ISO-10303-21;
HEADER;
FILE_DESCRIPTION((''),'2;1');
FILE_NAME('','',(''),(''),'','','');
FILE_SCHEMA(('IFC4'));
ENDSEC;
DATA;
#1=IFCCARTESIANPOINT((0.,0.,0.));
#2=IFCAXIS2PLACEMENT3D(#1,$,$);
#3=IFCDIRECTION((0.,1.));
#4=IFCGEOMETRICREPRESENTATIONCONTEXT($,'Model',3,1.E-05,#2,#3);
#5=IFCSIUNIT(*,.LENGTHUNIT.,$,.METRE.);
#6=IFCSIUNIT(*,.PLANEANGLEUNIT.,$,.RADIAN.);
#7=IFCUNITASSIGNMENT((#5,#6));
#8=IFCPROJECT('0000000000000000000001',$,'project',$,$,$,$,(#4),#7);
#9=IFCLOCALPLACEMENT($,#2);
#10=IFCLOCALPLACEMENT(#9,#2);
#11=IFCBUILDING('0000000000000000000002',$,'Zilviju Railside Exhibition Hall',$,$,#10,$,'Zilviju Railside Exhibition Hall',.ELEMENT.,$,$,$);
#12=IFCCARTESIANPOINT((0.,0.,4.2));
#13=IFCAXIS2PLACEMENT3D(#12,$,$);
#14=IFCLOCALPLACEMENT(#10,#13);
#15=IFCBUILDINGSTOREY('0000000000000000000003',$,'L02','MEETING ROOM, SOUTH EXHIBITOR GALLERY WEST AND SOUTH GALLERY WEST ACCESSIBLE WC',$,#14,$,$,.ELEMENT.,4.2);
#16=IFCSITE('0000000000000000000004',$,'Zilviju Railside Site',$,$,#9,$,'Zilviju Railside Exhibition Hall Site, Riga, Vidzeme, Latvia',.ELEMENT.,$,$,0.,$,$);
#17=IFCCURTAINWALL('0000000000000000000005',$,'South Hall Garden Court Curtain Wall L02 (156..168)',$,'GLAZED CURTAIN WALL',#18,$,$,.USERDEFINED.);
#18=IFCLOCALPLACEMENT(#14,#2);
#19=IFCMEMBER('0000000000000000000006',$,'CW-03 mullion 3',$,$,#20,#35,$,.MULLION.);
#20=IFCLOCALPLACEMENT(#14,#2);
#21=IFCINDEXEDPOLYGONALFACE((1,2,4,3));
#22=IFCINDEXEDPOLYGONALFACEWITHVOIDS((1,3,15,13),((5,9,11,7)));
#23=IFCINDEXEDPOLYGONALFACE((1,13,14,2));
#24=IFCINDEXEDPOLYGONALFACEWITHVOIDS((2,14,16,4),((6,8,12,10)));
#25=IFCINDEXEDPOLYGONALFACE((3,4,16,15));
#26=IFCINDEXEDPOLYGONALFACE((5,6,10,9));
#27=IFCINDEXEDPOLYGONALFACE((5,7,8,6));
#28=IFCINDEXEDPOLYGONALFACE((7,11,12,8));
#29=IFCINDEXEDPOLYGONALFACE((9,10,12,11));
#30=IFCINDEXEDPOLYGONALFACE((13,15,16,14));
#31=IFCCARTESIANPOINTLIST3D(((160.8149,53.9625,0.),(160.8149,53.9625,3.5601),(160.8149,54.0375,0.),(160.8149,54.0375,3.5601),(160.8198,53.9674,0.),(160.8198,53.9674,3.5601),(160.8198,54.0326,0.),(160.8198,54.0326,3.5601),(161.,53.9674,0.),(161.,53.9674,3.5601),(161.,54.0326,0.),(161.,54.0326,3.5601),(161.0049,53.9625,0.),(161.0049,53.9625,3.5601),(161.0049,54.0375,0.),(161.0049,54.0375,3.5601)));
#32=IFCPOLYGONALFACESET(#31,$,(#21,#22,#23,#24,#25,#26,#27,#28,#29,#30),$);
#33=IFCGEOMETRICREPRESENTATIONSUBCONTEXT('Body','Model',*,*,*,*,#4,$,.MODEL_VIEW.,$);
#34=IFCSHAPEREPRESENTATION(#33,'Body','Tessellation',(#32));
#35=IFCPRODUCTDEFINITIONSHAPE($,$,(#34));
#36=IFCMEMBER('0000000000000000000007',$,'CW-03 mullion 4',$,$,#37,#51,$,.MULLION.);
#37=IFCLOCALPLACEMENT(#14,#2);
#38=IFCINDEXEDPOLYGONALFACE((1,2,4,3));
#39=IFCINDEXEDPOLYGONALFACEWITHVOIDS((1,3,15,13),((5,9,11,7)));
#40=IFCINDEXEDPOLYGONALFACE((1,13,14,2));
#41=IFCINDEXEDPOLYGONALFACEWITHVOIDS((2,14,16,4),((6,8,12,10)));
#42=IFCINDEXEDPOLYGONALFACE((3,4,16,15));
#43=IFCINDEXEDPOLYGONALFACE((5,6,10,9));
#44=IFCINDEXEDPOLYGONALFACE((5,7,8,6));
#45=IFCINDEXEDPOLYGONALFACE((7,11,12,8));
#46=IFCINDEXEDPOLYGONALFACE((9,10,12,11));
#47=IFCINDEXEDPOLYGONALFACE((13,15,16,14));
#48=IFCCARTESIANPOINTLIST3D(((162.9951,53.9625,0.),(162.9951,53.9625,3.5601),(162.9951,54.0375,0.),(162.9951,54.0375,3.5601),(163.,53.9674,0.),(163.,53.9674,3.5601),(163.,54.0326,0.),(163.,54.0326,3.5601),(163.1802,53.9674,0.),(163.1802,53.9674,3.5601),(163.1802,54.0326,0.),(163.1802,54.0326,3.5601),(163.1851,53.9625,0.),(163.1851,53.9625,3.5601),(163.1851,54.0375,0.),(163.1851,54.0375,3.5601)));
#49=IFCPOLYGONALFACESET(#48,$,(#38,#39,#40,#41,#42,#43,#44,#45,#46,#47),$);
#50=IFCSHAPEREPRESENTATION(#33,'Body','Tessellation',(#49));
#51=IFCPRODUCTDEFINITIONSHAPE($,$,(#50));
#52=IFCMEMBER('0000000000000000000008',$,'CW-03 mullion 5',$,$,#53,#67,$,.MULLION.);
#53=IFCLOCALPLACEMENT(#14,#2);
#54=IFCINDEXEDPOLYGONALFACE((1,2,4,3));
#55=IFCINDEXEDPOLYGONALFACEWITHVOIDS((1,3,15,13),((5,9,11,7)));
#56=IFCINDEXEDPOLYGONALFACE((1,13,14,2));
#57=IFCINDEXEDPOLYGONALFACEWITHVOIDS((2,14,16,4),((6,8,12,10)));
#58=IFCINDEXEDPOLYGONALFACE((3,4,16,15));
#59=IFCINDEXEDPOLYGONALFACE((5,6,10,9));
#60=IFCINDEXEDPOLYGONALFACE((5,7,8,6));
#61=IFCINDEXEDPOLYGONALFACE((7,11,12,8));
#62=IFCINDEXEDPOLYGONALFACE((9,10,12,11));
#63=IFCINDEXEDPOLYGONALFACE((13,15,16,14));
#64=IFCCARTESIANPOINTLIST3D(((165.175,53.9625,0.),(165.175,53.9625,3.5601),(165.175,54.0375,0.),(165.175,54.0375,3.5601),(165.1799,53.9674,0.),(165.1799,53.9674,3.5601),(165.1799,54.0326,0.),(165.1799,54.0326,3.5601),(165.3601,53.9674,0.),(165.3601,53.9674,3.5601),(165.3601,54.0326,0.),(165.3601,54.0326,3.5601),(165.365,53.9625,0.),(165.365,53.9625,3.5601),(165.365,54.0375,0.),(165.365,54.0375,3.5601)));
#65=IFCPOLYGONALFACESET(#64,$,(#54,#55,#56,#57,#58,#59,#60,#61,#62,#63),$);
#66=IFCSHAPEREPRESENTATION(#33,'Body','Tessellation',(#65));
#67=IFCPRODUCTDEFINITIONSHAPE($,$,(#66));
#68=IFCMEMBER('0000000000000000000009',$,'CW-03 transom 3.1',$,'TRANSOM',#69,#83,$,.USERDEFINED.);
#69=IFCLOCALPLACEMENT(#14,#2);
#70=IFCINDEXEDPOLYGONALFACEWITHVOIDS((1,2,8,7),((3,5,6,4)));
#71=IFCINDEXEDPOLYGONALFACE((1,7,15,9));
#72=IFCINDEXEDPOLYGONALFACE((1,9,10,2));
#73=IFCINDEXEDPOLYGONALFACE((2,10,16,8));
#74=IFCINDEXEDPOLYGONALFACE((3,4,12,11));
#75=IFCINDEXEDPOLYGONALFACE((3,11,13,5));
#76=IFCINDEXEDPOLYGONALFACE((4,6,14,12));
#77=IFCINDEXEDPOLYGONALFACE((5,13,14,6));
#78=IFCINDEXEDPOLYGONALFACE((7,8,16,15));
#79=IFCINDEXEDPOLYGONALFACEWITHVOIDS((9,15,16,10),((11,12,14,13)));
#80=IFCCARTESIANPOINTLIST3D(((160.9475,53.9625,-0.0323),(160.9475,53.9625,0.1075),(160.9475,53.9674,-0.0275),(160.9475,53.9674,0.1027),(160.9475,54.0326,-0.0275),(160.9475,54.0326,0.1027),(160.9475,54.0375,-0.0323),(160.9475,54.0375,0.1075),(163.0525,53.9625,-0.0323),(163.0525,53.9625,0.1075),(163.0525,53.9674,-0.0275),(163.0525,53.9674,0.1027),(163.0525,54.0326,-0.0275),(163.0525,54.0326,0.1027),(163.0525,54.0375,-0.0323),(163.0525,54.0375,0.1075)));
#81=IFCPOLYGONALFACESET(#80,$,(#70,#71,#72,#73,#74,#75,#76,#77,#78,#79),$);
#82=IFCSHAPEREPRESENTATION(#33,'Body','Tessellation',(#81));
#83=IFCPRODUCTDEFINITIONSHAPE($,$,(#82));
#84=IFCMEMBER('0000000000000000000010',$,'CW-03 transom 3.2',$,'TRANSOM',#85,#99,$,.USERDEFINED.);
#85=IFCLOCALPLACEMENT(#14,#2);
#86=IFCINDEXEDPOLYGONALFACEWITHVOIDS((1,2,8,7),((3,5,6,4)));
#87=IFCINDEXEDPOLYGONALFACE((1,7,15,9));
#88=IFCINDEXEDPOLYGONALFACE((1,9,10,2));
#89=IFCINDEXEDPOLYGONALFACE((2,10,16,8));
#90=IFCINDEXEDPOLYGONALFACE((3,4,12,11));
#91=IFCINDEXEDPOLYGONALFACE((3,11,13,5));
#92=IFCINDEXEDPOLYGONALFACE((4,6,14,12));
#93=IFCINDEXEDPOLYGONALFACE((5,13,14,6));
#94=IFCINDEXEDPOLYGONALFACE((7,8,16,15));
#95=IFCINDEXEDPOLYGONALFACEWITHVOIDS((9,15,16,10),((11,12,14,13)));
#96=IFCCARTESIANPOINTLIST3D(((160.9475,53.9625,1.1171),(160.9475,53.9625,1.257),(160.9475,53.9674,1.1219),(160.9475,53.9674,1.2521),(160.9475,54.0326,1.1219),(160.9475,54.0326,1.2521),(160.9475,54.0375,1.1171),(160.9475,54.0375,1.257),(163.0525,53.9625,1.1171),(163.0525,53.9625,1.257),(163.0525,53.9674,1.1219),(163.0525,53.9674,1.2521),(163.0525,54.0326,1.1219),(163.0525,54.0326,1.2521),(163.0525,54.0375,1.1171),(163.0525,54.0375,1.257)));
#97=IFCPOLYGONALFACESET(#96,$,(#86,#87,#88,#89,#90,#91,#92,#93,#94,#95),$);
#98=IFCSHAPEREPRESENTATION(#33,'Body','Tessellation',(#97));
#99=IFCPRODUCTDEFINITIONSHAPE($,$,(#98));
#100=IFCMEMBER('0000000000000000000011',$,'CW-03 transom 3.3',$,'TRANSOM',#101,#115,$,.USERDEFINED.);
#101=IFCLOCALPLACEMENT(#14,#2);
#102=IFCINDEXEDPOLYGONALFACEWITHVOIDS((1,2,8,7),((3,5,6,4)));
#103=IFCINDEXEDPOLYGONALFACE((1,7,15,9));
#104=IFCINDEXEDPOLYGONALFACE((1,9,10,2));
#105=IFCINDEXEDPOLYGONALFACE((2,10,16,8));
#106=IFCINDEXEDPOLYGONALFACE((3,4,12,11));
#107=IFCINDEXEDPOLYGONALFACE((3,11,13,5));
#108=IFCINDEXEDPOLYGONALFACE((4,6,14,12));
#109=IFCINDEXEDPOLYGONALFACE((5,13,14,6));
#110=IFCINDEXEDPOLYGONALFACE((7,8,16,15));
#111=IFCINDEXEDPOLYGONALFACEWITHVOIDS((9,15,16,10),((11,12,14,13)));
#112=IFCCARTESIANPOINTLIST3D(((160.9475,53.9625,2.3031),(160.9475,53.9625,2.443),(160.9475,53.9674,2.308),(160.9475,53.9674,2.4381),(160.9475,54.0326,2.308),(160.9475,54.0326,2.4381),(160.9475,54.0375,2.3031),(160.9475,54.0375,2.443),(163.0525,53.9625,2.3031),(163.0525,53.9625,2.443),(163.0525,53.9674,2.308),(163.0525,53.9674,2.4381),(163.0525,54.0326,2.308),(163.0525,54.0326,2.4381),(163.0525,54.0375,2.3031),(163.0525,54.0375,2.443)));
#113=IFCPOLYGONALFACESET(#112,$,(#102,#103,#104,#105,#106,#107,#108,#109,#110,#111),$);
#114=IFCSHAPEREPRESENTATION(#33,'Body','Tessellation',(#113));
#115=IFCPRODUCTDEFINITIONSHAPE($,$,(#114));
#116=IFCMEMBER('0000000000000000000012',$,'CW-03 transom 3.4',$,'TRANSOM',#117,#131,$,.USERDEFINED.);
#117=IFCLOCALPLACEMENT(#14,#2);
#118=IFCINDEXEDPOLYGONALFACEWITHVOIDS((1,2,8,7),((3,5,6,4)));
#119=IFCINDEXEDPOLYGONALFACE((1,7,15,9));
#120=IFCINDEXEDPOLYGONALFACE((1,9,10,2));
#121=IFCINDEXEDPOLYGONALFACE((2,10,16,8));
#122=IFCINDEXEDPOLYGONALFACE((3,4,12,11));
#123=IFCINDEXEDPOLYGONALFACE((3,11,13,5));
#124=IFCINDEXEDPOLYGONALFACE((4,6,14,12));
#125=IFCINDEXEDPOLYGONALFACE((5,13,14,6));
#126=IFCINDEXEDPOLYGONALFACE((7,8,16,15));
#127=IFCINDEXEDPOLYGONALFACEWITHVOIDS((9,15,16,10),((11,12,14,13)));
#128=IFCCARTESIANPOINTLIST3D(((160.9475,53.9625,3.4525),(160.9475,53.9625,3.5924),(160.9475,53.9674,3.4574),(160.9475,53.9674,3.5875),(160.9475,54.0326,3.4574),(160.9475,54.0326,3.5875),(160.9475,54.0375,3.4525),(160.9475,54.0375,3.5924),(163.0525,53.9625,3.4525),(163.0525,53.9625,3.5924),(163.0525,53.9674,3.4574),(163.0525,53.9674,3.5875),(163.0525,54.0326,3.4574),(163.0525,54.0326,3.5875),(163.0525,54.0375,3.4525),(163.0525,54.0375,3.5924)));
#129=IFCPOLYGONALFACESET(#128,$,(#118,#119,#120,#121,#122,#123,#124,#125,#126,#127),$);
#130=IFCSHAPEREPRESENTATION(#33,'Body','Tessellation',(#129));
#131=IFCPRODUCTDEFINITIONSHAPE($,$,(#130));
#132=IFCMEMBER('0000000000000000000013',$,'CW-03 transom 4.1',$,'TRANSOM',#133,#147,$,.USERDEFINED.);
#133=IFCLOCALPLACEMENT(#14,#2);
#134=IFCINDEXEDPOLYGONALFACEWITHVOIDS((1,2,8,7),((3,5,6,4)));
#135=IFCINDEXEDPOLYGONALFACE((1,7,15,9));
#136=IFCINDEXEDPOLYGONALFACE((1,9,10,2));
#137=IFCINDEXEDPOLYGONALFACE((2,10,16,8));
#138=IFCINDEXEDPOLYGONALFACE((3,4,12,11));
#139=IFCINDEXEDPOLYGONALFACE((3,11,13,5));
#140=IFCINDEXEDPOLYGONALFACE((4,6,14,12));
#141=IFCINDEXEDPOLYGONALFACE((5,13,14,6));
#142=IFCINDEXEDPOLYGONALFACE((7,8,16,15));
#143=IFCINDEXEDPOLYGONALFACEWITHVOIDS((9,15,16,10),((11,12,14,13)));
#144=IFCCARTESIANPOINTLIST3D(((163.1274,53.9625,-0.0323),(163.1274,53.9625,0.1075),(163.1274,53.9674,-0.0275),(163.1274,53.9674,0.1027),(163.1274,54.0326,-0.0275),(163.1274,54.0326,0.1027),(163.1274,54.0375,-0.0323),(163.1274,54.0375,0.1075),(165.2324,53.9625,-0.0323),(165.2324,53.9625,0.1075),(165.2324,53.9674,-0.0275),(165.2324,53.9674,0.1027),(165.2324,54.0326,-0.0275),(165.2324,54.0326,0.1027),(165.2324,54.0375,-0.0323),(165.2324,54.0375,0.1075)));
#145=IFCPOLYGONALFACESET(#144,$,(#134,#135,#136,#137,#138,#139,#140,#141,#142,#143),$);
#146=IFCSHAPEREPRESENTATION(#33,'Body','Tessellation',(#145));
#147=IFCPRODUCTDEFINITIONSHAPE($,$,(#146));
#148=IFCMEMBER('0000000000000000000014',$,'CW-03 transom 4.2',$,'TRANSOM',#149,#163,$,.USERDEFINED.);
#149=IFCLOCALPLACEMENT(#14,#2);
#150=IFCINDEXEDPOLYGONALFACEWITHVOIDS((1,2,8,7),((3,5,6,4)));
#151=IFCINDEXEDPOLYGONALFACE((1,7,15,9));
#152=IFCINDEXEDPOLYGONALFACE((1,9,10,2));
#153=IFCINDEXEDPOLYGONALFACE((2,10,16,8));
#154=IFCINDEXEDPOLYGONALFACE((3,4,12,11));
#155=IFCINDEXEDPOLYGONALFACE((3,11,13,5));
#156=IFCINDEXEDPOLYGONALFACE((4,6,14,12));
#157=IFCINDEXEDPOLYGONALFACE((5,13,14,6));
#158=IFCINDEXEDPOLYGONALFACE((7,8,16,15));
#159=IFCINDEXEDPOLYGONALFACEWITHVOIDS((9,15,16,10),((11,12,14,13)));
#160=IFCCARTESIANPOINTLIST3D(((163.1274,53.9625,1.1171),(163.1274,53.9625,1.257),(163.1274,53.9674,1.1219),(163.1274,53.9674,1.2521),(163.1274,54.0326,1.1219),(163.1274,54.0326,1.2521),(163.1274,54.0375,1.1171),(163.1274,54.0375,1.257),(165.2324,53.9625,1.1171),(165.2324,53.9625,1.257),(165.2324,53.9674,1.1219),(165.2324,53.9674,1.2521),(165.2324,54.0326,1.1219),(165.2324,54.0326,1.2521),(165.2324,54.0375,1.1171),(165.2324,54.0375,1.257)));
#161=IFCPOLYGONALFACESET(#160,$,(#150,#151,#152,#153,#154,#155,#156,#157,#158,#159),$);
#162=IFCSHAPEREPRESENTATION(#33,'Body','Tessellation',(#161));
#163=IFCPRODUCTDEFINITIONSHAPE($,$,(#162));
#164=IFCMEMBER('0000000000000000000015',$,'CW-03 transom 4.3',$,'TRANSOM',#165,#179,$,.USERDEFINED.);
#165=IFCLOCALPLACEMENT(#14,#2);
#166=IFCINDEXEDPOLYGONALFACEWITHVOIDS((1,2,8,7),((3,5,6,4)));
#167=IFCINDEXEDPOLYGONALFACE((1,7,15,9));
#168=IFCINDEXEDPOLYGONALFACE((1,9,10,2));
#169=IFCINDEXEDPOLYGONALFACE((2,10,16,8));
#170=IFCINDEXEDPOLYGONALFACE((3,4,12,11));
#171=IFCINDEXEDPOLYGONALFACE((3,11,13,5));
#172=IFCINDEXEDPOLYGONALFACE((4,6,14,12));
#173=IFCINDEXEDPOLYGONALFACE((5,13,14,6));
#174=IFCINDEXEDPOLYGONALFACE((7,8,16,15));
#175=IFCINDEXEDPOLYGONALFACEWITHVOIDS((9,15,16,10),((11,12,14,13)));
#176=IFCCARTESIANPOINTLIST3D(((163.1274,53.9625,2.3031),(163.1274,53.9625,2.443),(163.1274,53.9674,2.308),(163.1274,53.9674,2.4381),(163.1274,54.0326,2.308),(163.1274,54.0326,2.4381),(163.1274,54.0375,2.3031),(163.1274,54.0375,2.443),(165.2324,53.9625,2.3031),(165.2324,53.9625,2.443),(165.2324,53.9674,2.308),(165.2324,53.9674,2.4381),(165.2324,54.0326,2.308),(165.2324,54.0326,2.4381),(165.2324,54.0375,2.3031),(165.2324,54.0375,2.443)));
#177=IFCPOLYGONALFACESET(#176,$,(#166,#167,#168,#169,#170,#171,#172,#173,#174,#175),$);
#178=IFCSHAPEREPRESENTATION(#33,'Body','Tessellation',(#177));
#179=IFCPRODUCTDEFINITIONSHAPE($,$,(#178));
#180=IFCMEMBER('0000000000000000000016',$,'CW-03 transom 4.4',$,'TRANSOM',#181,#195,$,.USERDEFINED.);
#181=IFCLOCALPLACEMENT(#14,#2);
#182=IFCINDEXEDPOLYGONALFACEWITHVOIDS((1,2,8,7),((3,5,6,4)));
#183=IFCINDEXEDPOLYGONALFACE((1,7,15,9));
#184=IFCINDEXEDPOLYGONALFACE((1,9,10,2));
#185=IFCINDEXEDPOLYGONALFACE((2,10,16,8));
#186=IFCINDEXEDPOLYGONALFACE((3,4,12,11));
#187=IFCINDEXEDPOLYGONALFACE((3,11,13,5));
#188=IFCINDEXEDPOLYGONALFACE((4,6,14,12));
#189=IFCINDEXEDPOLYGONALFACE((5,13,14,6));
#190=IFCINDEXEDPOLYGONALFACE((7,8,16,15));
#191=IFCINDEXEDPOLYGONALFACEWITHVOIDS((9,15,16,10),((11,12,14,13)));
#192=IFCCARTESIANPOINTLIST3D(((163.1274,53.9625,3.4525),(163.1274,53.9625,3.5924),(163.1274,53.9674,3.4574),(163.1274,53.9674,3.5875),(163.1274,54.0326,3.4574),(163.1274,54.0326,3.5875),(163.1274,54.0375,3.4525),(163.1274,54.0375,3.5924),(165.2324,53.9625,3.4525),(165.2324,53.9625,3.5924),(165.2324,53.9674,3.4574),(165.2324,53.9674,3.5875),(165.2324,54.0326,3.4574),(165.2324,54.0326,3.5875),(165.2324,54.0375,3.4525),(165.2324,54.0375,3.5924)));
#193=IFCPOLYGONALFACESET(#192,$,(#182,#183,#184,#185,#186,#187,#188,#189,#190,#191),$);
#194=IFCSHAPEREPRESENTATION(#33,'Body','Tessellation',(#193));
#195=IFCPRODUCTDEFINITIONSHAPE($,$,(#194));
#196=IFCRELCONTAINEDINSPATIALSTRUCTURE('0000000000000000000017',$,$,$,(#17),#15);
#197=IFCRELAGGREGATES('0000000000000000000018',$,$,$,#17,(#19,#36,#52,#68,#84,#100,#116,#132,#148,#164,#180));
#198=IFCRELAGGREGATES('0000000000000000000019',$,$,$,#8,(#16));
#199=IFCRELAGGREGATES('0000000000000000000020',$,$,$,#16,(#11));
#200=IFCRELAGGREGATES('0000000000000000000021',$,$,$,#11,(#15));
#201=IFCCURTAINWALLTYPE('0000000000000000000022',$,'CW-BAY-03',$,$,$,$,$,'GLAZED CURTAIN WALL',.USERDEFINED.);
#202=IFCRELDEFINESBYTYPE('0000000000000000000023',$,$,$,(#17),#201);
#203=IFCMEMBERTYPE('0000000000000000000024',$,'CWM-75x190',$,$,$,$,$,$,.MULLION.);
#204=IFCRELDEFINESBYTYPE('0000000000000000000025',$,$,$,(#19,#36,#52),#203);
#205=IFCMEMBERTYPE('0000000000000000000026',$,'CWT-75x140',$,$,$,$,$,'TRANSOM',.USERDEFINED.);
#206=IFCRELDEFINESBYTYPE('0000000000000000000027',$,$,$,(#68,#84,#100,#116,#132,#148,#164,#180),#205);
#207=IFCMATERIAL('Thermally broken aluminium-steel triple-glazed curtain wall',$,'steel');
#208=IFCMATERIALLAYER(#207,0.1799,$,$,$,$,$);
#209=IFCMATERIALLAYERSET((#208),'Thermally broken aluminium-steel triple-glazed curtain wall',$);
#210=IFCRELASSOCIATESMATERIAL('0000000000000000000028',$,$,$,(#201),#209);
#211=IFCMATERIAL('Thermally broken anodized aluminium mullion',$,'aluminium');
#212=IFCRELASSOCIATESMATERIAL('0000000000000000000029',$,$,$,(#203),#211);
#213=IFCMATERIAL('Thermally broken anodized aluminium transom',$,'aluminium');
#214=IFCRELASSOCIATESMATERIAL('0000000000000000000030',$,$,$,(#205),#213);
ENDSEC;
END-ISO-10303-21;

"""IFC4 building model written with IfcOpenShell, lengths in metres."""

from ifc_helpers import new_model, si_unit, direction, frame, origin, origin_2d, place, context, subcontext, project, spatial, hollow_rectangle, extrude, material, layer, layer_set, material_profile, profile_set, type_object, element, aggregate, save


model = new_model("IFC4")

# Units and contexts
model_context = context("Model", 3, precision=1e-05, world=origin(), true_north=direction((0.0, 1.0)))
body_context = subcontext(model_context, "Body", "Model", "MODEL_VIEW")
ifc_project = project(units=[si_unit("LENGTHUNIT", "METRE"), si_unit("PLANEANGLEUNIT", "RADIAN")], contexts=[model_context])

# Site, building, storey
site_placement = place(None, origin())
site = spatial("IfcSite", under=ifc_project, at=site_placement, Name="Zilviju Railside Site", LongName="Zilviju Railside Exhibition Hall Site, Riga, Vidzeme, Latvia", CompositionType="ELEMENT", RefElevation=0.0)
building_placement = place(site_placement, origin())
building = spatial("IfcBuilding", under=site, at=building_placement, Name="Zilviju Railside Exhibition Hall", LongName="Zilviju Railside Exhibition Hall", CompositionType="ELEMENT")
storey_placement = place(building_placement, frame((0.0, 0.0, 4.2)))
storey = spatial("IfcBuildingStorey", under=building, at=storey_placement, Name="L02", Description="MEETING ROOM, SOUTH EXHIBITOR GALLERY WEST AND SOUTH GALLERY WEST ACCESSIBLE WC", CompositionType="ELEMENT", Elevation=4.2)

# Curtain wall, members
ifc_material_1 = material(Name="Thermally broken aluminium-steel triple-glazed curtain wall", Category="steel")
ifc_layer_1 = layer(ifc_material_1, 0.1799)
ifc_layer_set_1 = layer_set([ifc_layer_1], Name="Thermally broken aluminium-steel triple-glazed curtain wall")
curtain_wall_type = type_object("IfcCurtainWallType", Name="CW-BAY-03", ElementType="GLAZED CURTAIN WALL", PredefinedType="USERDEFINED", material=ifc_layer_set_1)
curtain_wall_placement = place(storey_placement, origin())
curtain_wall = element("IfcCurtainWall", 1, at=curtain_wall_placement, inside=storey, type_object=curtain_wall_type, Name="South Hall Garden Court Curtain Wall L02 (156..168)", ObjectType="GLAZED CURTAIN WALL", PredefinedType="USERDEFINED")
ifc_material_2 = material(Name="Thermally broken anodized aluminium mullion", Category="aluminium")
ifc_material_profile_1 = material_profile(ifc_material_2, hollow_rectangle(XDim=0.075, YDim=0.1899, WallThickness=0.0049, at=origin_2d()), Name="MULLION 190x75x5")
ifc_profile_set_1 = profile_set([ifc_material_profile_1], Name="Thermally broken anodized aluminium mullion")
member_type_1 = type_object("IfcMemberType", Name="CWM-75x190", PredefinedType="MULLION", material=ifc_profile_set_1)
member_1_placement = place(storey_placement, frame((160.9099, 54.0, 0.0), z_axis=(0.0, 0.0, 1.0), x_axis=(0.0, 1.0, 0.0)))
member_1 = element("IfcMember", 2, at=member_1_placement, type_object=member_type_1, Name="CW-03 mullion 3", PredefinedType="MULLION", context=body_context, shape_type="SweptSolid", body=[
    extrude(hollow_rectangle(XDim=0.075, YDim=0.1899, WallThickness=0.0049, at=origin_2d()), origin(), (0.0, 0.0, 1.0), 3.5601),
])
member_2_placement = place(storey_placement, frame((163.0901, 54.0, 0.0), z_axis=(0.0, 0.0, 1.0), x_axis=(0.0, 1.0, 0.0)))
member_2 = element("IfcMember", 3, at=member_2_placement, type_object=member_type_1, Name="CW-03 mullion 4", PredefinedType="MULLION", context=body_context, shape_type="SweptSolid", body=[
    extrude(hollow_rectangle(XDim=0.075, YDim=0.1899, WallThickness=0.0049, at=origin_2d()), origin(), (0.0, 0.0, 1.0), 3.5601),
])
member_3_placement = place(storey_placement, frame((165.27, 54.0, 0.0), z_axis=(0.0, 0.0, 1.0), x_axis=(0.0, 1.0, 0.0)))
member_3 = element("IfcMember", 4, at=member_3_placement, type_object=member_type_1, Name="CW-03 mullion 5", PredefinedType="MULLION", context=body_context, shape_type="SweptSolid", body=[
    extrude(hollow_rectangle(XDim=0.075, YDim=0.1899, WallThickness=0.0049, at=origin_2d()), origin(), (0.0, 0.0, 1.0), 3.5601),
])
ifc_material_3 = material(Name="Thermally broken anodized aluminium transom", Category="aluminium")
ifc_material_profile_2 = material_profile(ifc_material_3, hollow_rectangle(XDim=0.075, YDim=0.1399, WallThickness=0.0049, at=origin_2d()), Name="TRANSOM 140x75x5")
ifc_profile_set_2 = profile_set([ifc_material_profile_2], Name="Thermally broken anodized aluminium transom")
member_type_2 = type_object("IfcMemberType", Name="CWT-75x140", ElementType="TRANSOM", PredefinedType="USERDEFINED", material=ifc_profile_set_2)
member_4_placement = place(storey_placement, frame((160.9475, 54.0, 0.0376), z_axis=(1.0, 0.0, 0.0), x_axis=(0.0, 1.0, 0.0)))
member_4 = element("IfcMember", 5, at=member_4_placement, type_object=member_type_2, Name="CW-03 transom 3.1", ObjectType="TRANSOM", PredefinedType="USERDEFINED", context=body_context, shape_type="SweptSolid", body=[
    extrude(hollow_rectangle(XDim=0.075, YDim=0.1399, WallThickness=0.0049, at=origin_2d()), origin(), (0.0, 0.0, 1.0), 2.105),
])
member_5_placement = place(storey_placement, frame((160.9475, 54.0, 1.187), z_axis=(1.0, 0.0, 0.0), x_axis=(0.0, 1.0, 0.0)))
member_5 = element("IfcMember", 6, at=member_5_placement, type_object=member_type_2, Name="CW-03 transom 3.2", ObjectType="TRANSOM", PredefinedType="USERDEFINED", context=body_context, shape_type="SweptSolid", body=[
    extrude(hollow_rectangle(XDim=0.075, YDim=0.1399, WallThickness=0.0049, at=origin_2d()), origin(), (0.0, 0.0, 1.0), 2.105),
])
member_6_placement = place(storey_placement, frame((160.9475, 54.0, 2.373), z_axis=(1.0, 0.0, 0.0), x_axis=(0.0, 1.0, 0.0)))
member_6 = element("IfcMember", 7, at=member_6_placement, type_object=member_type_2, Name="CW-03 transom 3.3", ObjectType="TRANSOM", PredefinedType="USERDEFINED", context=body_context, shape_type="SweptSolid", body=[
    extrude(hollow_rectangle(XDim=0.075, YDim=0.1399, WallThickness=0.0049, at=origin_2d()), origin(), (0.0, 0.0, 1.0), 2.105),
])
member_7_placement = place(storey_placement, frame((160.9475, 54.0, 3.5225), z_axis=(1.0, 0.0, 0.0), x_axis=(0.0, 1.0, 0.0)))
member_7 = element("IfcMember", 8, at=member_7_placement, type_object=member_type_2, Name="CW-03 transom 3.4", ObjectType="TRANSOM", PredefinedType="USERDEFINED", context=body_context, shape_type="SweptSolid", body=[
    extrude(hollow_rectangle(XDim=0.075, YDim=0.1399, WallThickness=0.0049, at=origin_2d()), origin(), (0.0, 0.0, 1.0), 2.105),
])
member_8_placement = place(storey_placement, frame((163.1274, 54.0, 0.0376), z_axis=(1.0, 0.0, 0.0), x_axis=(0.0, 1.0, 0.0)))
member_8 = element("IfcMember", 9, at=member_8_placement, type_object=member_type_2, Name="CW-03 transom 4.1", ObjectType="TRANSOM", PredefinedType="USERDEFINED", context=body_context, shape_type="SweptSolid", body=[
    extrude(hollow_rectangle(XDim=0.075, YDim=0.1399, WallThickness=0.0049, at=origin_2d()), origin(), (0.0, 0.0, 1.0), 2.105),
])
member_9_placement = place(storey_placement, frame((163.1274, 54.0, 1.187), z_axis=(1.0, 0.0, 0.0), x_axis=(0.0, 1.0, 0.0)))
member_9 = element("IfcMember", 10, at=member_9_placement, type_object=member_type_2, Name="CW-03 transom 4.2", ObjectType="TRANSOM", PredefinedType="USERDEFINED", context=body_context, shape_type="SweptSolid", body=[
    extrude(hollow_rectangle(XDim=0.075, YDim=0.1399, WallThickness=0.0049, at=origin_2d()), origin(), (0.0, 0.0, 1.0), 2.105),
])
member_10_placement = place(storey_placement, frame((163.1274, 54.0, 2.373), z_axis=(1.0, 0.0, 0.0), x_axis=(0.0, 1.0, 0.0)))
member_10 = element("IfcMember", 11, at=member_10_placement, type_object=member_type_2, Name="CW-03 transom 4.3", ObjectType="TRANSOM", PredefinedType="USERDEFINED", context=body_context, shape_type="SweptSolid", body=[
    extrude(hollow_rectangle(XDim=0.075, YDim=0.1399, WallThickness=0.0049, at=origin_2d()), origin(), (0.0, 0.0, 1.0), 2.105),
])
member_11_placement = place(storey_placement, frame((163.1274, 54.0, 3.5225), z_axis=(1.0, 0.0, 0.0), x_axis=(0.0, 1.0, 0.0)))
member_11 = element("IfcMember", 12, at=member_11_placement, type_object=member_type_2, Name="CW-03 transom 4.4", ObjectType="TRANSOM", PredefinedType="USERDEFINED", context=body_context, shape_type="SweptSolid", body=[
    extrude(hollow_rectangle(XDim=0.075, YDim=0.1399, WallThickness=0.0049, at=origin_2d()), origin(), (0.0, 0.0, 1.0), 2.105),
])
aggregate(curtain_wall, [member_1, member_2, member_3, member_4, member_5, member_6, member_7, member_8, member_9, member_10, member_11])

save(model, "model.ifc")
